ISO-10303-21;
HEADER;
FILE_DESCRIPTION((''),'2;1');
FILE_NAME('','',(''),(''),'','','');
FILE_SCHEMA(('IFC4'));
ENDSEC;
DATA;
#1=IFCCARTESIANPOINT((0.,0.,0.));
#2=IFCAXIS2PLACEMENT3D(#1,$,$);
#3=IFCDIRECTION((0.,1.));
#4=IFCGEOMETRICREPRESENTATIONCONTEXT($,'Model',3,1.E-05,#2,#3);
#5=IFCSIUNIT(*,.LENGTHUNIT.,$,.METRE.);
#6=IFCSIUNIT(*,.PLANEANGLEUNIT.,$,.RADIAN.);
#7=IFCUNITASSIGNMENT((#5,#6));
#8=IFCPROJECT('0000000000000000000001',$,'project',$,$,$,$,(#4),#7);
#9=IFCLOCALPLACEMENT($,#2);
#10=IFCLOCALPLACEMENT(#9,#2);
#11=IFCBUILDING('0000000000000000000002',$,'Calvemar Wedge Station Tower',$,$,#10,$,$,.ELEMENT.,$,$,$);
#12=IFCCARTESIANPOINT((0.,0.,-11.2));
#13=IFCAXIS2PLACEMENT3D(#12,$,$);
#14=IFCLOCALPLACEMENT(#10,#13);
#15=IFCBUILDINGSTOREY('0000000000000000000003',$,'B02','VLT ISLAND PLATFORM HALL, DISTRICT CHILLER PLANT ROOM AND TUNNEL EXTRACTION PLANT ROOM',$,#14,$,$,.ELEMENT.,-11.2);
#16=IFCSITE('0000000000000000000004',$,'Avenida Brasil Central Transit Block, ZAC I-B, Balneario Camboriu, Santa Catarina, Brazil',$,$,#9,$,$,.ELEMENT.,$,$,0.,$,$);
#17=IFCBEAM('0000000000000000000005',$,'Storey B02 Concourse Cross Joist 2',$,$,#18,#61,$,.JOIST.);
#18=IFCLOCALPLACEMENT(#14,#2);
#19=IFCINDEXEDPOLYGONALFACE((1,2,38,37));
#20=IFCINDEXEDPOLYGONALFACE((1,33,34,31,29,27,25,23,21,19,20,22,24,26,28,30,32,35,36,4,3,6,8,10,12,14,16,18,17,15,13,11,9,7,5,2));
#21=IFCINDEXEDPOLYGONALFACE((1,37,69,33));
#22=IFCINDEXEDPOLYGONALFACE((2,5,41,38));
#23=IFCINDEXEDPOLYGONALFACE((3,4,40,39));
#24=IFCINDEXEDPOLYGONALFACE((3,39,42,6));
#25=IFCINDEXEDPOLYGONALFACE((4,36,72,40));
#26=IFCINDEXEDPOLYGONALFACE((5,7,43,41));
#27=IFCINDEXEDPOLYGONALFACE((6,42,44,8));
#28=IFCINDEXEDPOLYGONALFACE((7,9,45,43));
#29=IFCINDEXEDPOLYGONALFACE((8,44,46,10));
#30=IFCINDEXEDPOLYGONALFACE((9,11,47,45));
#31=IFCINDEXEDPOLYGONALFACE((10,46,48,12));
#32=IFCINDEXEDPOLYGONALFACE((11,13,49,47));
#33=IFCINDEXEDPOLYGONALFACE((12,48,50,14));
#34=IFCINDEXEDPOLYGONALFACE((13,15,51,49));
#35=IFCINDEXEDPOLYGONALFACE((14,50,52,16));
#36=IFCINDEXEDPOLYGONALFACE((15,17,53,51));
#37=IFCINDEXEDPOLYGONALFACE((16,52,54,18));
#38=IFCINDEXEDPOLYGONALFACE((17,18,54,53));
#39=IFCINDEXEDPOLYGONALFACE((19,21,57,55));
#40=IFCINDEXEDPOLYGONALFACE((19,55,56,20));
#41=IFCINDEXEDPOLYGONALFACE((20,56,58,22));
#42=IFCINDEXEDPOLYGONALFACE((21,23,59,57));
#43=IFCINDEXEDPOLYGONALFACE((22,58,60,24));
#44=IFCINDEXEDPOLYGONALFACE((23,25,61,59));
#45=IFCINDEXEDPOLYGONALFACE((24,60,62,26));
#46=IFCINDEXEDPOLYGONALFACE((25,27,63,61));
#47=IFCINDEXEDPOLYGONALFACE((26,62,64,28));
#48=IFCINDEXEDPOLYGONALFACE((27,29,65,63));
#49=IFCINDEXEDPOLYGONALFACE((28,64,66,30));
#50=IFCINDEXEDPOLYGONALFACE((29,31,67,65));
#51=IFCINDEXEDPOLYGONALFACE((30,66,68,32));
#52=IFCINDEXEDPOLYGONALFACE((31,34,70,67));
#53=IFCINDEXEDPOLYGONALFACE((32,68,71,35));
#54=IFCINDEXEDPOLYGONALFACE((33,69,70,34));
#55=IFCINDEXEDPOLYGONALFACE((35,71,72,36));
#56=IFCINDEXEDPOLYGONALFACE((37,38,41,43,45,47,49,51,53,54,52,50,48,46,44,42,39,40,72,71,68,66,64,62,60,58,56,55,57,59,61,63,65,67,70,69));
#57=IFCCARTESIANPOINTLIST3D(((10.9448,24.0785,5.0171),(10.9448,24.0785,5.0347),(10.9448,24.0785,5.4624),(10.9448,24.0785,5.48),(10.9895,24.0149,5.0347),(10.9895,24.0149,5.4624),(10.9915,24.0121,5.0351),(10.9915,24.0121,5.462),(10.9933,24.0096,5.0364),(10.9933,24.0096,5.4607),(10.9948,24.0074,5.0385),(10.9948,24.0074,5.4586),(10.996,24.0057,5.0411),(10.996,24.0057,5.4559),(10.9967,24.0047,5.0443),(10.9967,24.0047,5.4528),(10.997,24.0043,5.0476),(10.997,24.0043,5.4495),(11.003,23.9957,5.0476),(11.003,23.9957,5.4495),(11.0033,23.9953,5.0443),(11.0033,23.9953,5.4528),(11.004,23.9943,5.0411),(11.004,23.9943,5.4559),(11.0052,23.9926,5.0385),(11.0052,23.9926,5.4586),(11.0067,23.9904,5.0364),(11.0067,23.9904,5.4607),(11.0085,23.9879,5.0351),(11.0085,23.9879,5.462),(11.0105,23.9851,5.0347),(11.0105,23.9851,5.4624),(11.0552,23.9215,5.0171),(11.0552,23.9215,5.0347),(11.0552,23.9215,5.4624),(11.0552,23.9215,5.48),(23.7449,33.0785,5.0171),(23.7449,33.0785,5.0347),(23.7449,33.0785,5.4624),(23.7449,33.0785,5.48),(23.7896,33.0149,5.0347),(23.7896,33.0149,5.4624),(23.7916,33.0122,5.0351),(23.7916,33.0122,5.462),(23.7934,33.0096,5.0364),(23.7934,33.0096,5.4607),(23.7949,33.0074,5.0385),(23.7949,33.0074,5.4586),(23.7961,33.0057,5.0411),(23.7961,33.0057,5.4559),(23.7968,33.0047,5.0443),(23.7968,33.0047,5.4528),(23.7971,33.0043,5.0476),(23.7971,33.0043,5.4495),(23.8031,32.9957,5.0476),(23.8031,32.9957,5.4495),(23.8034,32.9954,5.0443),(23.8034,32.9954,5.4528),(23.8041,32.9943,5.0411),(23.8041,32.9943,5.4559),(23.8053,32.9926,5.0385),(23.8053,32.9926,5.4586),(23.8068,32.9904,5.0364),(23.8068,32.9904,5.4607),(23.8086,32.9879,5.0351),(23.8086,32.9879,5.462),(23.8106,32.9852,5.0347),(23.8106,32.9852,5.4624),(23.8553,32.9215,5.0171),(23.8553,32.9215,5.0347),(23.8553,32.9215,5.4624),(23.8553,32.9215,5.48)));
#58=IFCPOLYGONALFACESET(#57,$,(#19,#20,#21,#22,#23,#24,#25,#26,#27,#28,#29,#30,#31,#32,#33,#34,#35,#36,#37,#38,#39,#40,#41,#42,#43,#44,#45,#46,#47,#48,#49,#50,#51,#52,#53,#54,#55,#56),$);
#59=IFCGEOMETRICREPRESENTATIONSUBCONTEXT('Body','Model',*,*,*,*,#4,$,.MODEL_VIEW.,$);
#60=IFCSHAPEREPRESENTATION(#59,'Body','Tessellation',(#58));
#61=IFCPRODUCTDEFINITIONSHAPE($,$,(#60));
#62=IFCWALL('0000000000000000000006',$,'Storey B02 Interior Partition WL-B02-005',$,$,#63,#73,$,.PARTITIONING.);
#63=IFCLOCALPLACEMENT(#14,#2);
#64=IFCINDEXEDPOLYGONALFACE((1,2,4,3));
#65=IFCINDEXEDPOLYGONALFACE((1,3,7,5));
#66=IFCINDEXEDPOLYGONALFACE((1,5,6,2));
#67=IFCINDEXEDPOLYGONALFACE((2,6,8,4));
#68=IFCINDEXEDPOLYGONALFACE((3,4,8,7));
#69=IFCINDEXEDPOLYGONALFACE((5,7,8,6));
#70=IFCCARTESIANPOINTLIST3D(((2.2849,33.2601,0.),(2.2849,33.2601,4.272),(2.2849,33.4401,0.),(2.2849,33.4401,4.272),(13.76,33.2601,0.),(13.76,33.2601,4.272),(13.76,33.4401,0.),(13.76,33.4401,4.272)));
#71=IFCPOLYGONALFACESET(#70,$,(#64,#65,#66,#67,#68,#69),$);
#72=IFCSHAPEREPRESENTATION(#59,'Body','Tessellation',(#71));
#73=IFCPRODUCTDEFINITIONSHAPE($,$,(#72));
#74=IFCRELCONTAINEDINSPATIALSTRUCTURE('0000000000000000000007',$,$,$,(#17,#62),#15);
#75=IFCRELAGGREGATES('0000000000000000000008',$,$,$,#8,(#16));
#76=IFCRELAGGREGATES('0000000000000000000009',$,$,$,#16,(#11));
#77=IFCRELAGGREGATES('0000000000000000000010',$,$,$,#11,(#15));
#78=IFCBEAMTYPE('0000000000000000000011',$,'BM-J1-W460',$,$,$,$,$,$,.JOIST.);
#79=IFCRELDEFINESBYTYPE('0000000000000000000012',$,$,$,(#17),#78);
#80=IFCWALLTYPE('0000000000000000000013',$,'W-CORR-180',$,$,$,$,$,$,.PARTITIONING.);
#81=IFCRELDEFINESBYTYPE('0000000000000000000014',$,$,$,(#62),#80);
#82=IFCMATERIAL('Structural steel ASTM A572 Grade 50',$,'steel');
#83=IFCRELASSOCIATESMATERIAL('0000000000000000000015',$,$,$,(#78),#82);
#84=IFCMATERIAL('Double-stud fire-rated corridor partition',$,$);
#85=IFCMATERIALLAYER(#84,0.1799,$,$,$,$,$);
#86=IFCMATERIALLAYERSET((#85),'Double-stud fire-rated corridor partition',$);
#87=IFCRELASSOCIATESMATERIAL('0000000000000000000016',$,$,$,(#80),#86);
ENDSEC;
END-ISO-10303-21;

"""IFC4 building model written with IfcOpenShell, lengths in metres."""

from ifc_helpers import new_model, si_unit, direction, frame, frame_2d, origin, origin_2d, place, context, subcontext, project, spatial, rectangle, i_section, extrude, source, transform, mapped, material, layer, layer_set, material_profile, profile_set, type_object, element, save


model = new_model("IFC4")

# Units and contexts
model_context = context("Model", 3, precision=1e-05, world=origin(), true_north=direction((0.0, 1.0)))
body_context = subcontext(model_context, "Body", "Model", "MODEL_VIEW")
ifc_project = project(units=[si_unit("LENGTHUNIT", "METRE"), si_unit("PLANEANGLEUNIT", "RADIAN")], contexts=[model_context])

# Site, building, storey
site_placement = place(None, origin())
site = spatial("IfcSite", under=ifc_project, at=site_placement, Name="Avenida Brasil Central Transit Block, ZAC I-B, Balneario Camboriu, Santa Catarina, Brazil", CompositionType="ELEMENT", RefElevation=0.0)
building_placement = place(site_placement, origin())
building = spatial("IfcBuilding", under=site, at=building_placement, Name="Calvemar Wedge Station Tower", CompositionType="ELEMENT")
storey_placement = place(building_placement, frame((0.0, 0.0, -11.2)))
storey = spatial("IfcBuildingStorey", under=building, at=storey_placement, Name="B02", Description="VLT ISLAND PLATFORM HALL, DISTRICT CHILLER PLANT ROOM AND TUNNEL EXTRACTION PLANT ROOM", CompositionType="ELEMENT", Elevation=-11.2)

# Beam
ifc_material_1 = material(Name="Structural steel ASTM A572 Grade 50", Category="steel")
ifc_material_profile_1 = material_profile(ifc_material_1, i_section(OverallWidth=0.1919, OverallDepth=0.4629, WebThickness=0.0105, FlangeThickness=0.0176, FilletRadius=0.0129, at=origin_2d()), Name="W460x89")
ifc_profile_set_1 = profile_set([ifc_material_profile_1], Name="Structural steel ASTM A572 Grade 50")
beam_type_1 = type_object("IfcBeamType", Name="BM-J1-W460", PredefinedType="JOIST", material=ifc_profile_set_1)
shared_shape_1 = source(origin(), body_context, "Body", "SweptSolid", [
    extrude(i_section(OverallWidth=0.1919, OverallDepth=0.4629, WebThickness=0.0105, FlangeThickness=0.0176, FilletRadius=0.0129, at=origin_2d()), origin(), (0.0, 0.0, 1.0), 15.6475),
])
beam_1_placement = place(storey_placement, frame((11.0, 24.0, 5.2485), z_axis=(0.81803, 0.575175, 0.0), x_axis=(-0.575175, 0.81803, 0.0)))
element("IfcBeam", 1, at=beam_1_placement, inside=storey, type_object=beam_type_1, Name="Storey B02 Concourse Cross Joist 2", PredefinedType="JOIST", context=body_context, shape_type="MappedRepresentation", body=[
    mapped(shared_shape_1, transform((0.0, 0.0, 0.0), scale=1.0)),
])

# Wall
ifc_material_2 = material(Name="Double-stud fire-rated corridor partition")
ifc_layer = layer(ifc_material_2, 0.1799)
ifc_layer_set = layer_set([ifc_layer], Name="Double-stud fire-rated corridor partition")
wall_type = type_object("IfcWallType", Name="W-CORR-180", PredefinedType="PARTITIONING", material=ifc_layer_set)
wall_placement = place(storey_placement, frame((2.2849, 33.3501, 0.0), z_axis=(0.0, 0.0, 1.0), x_axis=(1.0, 0.0, 0.0)))
element("IfcWall", 2, at=wall_placement, inside=storey, type_object=wall_type, Name="Storey B02 Interior Partition WL-B02-005", PredefinedType="PARTITIONING", context=body_context, shape_type="SweptSolid", body=[
    extrude(rectangle(XDim=11.4751, YDim=0.1799, at=frame_2d((5.7375, 0.0))), origin(), (0.0, 0.0, 1.0), 4.272),
])

save(model, "model.ifc")
